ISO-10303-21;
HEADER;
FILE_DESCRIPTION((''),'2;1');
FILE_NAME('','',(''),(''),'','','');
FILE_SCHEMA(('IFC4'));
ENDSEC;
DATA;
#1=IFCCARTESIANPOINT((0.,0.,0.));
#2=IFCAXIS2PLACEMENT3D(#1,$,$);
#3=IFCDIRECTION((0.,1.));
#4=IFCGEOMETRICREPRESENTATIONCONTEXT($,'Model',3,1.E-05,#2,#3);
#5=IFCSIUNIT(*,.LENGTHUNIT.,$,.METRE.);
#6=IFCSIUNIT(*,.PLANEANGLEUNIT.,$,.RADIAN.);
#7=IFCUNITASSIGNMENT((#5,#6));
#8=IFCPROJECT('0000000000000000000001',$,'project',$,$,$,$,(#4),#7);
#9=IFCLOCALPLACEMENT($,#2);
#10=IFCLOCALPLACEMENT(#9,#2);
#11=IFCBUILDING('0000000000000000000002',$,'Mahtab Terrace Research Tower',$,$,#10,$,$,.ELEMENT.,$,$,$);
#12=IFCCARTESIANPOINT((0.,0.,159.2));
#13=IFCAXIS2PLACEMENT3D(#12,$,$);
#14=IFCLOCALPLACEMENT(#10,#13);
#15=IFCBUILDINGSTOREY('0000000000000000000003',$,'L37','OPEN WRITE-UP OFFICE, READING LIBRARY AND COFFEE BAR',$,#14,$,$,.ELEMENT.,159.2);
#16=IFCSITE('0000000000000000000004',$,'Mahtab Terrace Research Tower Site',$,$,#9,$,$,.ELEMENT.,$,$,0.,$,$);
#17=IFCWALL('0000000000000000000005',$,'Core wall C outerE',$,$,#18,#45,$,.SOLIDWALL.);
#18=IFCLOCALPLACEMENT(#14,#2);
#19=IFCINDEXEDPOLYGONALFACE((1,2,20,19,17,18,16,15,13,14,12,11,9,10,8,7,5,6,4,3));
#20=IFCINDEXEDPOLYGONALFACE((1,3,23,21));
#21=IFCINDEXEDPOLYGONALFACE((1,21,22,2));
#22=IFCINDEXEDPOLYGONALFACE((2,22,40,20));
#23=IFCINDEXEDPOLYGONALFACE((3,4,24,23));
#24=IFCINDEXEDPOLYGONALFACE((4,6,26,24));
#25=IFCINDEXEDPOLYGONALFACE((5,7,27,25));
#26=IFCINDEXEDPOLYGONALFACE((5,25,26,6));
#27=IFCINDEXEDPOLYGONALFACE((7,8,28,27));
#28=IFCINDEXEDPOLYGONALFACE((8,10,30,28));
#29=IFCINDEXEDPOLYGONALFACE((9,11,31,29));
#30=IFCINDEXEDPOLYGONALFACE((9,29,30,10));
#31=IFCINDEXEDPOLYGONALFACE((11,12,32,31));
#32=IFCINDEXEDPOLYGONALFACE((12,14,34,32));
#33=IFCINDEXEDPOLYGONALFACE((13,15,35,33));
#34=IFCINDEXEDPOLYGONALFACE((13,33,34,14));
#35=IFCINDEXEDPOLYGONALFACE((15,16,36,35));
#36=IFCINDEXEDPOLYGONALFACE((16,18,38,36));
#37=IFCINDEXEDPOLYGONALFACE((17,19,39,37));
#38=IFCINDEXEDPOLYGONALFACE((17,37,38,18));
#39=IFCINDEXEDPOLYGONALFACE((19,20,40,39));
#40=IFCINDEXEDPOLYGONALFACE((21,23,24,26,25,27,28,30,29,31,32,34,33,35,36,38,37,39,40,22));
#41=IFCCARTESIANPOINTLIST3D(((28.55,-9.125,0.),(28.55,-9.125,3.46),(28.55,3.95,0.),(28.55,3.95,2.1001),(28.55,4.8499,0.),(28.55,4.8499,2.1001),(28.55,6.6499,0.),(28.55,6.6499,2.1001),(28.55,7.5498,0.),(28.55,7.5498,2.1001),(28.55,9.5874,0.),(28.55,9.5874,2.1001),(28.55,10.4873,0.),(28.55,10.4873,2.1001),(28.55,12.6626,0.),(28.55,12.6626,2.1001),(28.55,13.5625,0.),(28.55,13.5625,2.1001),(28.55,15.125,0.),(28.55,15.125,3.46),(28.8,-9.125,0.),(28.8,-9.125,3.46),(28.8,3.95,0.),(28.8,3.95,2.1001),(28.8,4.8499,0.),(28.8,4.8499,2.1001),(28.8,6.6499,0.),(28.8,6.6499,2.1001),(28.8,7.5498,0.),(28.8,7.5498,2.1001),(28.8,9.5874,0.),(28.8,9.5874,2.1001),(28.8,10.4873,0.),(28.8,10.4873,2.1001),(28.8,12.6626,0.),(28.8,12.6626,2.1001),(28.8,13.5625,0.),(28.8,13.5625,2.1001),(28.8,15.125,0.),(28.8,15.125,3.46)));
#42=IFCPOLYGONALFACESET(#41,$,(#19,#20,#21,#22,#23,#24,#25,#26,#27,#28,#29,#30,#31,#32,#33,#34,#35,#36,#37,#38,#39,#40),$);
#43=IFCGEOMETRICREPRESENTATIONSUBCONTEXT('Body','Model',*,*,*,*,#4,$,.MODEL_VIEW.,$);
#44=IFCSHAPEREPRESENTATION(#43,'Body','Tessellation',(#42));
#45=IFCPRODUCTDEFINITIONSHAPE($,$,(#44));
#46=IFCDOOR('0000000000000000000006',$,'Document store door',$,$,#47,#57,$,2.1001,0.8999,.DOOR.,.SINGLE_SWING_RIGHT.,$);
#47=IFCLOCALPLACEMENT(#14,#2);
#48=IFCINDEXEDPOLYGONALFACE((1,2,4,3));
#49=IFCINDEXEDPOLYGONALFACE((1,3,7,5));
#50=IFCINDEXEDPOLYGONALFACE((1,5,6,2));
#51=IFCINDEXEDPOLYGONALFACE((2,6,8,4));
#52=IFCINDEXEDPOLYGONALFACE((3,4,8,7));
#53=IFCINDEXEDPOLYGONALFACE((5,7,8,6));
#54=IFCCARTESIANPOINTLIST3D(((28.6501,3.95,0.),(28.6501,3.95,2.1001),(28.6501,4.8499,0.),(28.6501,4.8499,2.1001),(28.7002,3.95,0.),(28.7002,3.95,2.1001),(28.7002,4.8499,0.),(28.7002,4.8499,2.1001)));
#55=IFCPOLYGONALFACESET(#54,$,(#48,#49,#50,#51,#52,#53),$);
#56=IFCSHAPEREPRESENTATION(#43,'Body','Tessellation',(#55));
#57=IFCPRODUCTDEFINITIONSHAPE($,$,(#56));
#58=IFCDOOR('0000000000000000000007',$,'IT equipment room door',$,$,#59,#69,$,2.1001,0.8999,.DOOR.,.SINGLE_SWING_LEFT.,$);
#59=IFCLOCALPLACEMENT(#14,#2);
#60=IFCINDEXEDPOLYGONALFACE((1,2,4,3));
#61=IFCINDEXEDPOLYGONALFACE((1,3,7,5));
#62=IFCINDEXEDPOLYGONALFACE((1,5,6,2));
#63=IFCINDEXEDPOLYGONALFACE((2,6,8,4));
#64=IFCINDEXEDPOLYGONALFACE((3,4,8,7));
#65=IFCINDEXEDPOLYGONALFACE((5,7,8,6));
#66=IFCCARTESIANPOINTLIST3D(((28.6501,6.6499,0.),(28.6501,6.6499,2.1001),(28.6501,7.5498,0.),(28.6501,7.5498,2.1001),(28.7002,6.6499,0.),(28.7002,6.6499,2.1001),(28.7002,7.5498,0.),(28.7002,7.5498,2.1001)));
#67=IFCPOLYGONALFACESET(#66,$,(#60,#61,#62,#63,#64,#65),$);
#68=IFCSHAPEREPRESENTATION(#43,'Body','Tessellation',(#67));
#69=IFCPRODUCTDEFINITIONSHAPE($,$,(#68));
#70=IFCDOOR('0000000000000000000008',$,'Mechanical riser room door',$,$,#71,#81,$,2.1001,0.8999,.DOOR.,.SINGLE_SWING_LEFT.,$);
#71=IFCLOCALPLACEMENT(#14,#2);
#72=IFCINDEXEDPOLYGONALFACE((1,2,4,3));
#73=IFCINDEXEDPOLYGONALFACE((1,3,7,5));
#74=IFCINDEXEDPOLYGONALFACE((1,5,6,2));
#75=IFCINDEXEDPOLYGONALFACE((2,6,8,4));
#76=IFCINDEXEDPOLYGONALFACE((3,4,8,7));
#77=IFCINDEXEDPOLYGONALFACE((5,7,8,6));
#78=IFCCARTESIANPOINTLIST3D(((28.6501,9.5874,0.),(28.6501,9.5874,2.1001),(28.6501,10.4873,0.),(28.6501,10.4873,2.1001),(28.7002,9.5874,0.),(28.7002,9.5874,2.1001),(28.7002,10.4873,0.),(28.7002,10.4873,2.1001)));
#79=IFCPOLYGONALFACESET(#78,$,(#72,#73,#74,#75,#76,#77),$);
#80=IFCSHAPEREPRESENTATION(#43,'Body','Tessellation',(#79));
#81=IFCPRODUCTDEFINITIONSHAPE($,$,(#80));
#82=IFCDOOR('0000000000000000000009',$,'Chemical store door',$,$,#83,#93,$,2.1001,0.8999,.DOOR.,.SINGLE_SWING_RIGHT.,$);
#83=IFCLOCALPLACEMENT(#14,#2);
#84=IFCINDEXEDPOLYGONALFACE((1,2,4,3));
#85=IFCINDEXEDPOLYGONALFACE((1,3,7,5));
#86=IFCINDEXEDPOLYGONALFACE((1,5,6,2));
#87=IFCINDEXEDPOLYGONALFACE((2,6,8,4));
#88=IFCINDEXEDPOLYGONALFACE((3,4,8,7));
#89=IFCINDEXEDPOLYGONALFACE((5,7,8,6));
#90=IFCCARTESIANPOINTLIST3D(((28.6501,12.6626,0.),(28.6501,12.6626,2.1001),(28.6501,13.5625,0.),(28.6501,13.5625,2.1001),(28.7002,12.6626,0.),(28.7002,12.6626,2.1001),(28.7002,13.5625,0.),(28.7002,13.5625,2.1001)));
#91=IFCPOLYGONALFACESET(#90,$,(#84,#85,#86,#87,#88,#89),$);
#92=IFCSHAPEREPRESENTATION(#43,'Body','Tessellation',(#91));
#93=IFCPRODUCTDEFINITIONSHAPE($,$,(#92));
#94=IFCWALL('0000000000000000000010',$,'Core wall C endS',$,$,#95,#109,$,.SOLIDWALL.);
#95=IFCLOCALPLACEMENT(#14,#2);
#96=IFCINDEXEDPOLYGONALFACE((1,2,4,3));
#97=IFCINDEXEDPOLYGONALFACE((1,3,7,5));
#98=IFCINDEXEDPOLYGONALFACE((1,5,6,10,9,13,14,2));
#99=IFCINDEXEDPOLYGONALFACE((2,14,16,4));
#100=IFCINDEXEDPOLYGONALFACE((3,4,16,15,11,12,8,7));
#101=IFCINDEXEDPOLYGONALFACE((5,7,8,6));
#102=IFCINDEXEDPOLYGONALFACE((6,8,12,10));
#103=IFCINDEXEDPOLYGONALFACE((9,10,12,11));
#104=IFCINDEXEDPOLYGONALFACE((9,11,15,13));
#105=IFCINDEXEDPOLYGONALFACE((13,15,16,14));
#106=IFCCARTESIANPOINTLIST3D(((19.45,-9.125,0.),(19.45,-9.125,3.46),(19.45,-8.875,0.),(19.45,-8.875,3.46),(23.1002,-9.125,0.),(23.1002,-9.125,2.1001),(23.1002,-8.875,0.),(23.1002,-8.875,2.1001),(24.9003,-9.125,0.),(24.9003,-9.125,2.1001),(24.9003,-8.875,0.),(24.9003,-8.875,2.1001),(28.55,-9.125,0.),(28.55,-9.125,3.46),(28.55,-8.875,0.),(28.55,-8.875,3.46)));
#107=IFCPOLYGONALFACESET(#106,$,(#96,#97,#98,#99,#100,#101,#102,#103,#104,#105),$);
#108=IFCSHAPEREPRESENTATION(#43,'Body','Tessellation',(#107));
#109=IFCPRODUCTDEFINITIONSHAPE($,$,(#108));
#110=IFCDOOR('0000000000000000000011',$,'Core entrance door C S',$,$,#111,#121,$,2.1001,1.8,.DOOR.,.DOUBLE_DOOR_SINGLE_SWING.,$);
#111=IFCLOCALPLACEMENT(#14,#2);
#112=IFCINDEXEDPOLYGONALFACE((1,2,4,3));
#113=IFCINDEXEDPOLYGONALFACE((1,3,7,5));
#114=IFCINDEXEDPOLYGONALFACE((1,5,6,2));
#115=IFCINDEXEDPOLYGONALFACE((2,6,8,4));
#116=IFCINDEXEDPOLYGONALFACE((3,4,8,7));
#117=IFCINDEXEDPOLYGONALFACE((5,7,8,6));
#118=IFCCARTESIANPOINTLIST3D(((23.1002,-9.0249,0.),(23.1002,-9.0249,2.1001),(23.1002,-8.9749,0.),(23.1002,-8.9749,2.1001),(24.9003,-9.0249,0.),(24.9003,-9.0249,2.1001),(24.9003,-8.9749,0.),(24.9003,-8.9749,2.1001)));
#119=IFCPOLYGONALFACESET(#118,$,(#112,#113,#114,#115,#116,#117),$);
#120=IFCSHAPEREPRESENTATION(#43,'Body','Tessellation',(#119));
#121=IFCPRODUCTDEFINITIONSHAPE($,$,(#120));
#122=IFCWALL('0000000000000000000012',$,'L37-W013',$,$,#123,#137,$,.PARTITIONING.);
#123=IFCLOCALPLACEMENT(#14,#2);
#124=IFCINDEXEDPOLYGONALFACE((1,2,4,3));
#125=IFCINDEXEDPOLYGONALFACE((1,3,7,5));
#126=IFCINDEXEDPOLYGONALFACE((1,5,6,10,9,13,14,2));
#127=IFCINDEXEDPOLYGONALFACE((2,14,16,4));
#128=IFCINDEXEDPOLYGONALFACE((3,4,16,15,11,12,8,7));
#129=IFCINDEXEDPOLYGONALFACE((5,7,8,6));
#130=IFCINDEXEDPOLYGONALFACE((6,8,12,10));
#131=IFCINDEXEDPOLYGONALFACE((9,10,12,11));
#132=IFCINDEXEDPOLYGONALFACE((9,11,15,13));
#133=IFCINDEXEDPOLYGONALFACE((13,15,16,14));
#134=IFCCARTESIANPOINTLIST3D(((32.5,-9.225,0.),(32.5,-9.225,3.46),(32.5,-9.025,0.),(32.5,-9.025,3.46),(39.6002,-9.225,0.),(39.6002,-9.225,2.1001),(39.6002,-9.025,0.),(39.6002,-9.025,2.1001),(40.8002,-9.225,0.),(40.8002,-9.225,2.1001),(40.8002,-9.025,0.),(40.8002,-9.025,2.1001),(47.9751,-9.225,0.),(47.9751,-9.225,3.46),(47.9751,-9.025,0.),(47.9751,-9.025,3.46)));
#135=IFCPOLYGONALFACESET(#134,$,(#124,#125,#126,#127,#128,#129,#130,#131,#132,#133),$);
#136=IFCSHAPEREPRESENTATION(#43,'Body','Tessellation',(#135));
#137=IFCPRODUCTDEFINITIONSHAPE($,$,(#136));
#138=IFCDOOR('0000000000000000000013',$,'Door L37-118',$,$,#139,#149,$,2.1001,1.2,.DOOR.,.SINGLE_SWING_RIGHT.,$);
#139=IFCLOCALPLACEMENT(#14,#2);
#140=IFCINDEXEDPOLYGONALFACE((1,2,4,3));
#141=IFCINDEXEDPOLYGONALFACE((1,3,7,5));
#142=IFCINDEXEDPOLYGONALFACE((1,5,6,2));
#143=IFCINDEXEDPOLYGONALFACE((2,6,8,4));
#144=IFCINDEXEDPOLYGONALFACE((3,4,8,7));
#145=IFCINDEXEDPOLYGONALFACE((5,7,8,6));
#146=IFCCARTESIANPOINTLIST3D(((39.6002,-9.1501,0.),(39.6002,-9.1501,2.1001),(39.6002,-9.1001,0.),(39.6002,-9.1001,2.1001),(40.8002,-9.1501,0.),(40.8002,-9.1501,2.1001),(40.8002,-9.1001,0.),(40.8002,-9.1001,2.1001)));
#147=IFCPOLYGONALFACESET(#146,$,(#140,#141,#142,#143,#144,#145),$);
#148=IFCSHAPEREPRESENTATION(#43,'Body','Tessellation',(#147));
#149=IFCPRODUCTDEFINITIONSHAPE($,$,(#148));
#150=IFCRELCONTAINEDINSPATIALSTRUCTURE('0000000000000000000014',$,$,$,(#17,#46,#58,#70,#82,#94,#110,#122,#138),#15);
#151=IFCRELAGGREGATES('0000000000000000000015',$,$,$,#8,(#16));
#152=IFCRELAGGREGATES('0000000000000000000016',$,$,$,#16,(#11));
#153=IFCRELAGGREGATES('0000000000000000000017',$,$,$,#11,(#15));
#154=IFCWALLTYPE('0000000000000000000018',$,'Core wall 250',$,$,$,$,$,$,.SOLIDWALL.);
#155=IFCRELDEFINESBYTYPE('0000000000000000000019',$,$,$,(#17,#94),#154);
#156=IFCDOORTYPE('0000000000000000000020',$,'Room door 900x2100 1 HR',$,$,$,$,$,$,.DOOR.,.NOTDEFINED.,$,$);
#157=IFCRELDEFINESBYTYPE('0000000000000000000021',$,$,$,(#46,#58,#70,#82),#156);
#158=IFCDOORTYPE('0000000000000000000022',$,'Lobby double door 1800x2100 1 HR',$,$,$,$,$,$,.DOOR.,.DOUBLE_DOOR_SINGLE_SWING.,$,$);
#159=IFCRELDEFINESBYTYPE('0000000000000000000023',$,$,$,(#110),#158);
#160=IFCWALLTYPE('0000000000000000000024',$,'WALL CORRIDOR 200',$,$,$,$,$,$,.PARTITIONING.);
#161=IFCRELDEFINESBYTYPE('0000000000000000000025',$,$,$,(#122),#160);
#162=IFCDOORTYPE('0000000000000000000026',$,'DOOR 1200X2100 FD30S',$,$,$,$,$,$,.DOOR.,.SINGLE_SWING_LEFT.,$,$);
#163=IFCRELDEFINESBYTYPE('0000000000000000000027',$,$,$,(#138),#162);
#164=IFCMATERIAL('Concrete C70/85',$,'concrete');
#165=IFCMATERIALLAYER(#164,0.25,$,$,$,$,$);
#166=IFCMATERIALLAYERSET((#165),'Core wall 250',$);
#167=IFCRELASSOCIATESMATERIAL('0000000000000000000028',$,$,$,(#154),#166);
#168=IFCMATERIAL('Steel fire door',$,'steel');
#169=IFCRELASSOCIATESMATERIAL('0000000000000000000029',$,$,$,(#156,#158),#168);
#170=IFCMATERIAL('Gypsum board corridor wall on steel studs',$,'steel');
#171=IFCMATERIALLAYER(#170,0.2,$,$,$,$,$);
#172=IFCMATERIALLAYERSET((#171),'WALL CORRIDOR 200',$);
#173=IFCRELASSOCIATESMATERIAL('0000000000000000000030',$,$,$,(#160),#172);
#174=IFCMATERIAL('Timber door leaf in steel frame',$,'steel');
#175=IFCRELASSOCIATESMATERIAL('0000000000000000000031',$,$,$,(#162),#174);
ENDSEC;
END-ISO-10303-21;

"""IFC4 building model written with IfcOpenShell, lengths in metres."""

from ifc_helpers import new_model, si_unit, direction, frame, frame_2d, origin, place, context, subcontext, project, spatial, rectangle, extrude, material, layer, layer_set, type_object, element, fill, save


model = new_model("IFC4")

# Units and contexts
model_context = context("Model", 3, precision=1e-05, world=origin(), true_north=direction((0.0, 1.0)))
body_context = subcontext(model_context, "Body", "Model", "MODEL_VIEW")
ifc_project = project(units=[si_unit("LENGTHUNIT", "METRE"), si_unit("PLANEANGLEUNIT", "RADIAN")], contexts=[model_context])

# Site, building, storey
site_placement = place(None, origin())
site = spatial("IfcSite", under=ifc_project, at=site_placement, Name="Mahtab Terrace Research Tower Site", CompositionType="ELEMENT", RefElevation=0.0)
building_placement = place(site_placement, origin())
building = spatial("IfcBuilding", under=site, at=building_placement, Name="Mahtab Terrace Research Tower", CompositionType="ELEMENT")
storey_placement = place(building_placement, frame((0.0, 0.0, 159.2)))
storey = spatial("IfcBuildingStorey", under=building, at=storey_placement, Name="L37", Description="OPEN WRITE-UP OFFICE, READING LIBRARY AND COFFEE BAR", CompositionType="ELEMENT", Elevation=159.2)

# Shared definitions
ifc_material_1 = material(Name="Concrete C70/85", Category="concrete")

# Wall, openings, doors
ifc_layer_1 = layer(ifc_material_1, 0.25)
ifc_layer_set_1 = layer_set([ifc_layer_1], Name="Core wall 250")
wall_type_1 = type_object("IfcWallType", Name="Core wall 250", PredefinedType="SOLIDWALL", material=ifc_layer_set_1)
wall_1_placement = place(storey_placement, frame((28.675, -9.125, 0.0), z_axis=(0.0, 0.0, 1.0), x_axis=(0.0, 1.0, 0.0)))
wall_1 = element("IfcWall", 1, at=wall_1_placement, inside=storey, type_object=wall_type_1, Name="Core wall C outerE", PredefinedType="SOLIDWALL", context=body_context, shape_type="SweptSolid", body=[
    extrude(rectangle(XDim=24.25, YDim=0.25, at=frame_2d((12.125, 0.0))), origin(), (0.0, 0.0, 1.0), 3.46),
])
opening_1_placement = place(wall_1_placement, frame((13.075, 0.0, 0.0)))
opening_1 = element("IfcOpeningElement", 2, at=opening_1_placement, cuts=wall_1, PredefinedType="OPENING", context=body_context, shape_type="SweptSolid", body=[
    extrude(rectangle(XDim=0.8999, YDim=2.1001, at=frame_2d((0.45, 1.05))), frame((0.0, 0.135, 0.0), z_axis=(0.0, -1.0, 0.0), x_axis=(1.0, 0.0, 0.0)), (0.0, 0.0, 1.0), 0.27),
])
opening_2_placement = place(wall_1_placement, frame((15.7749, 0.0, 0.0)))
opening_2 = element("IfcOpeningElement", 3, at=opening_2_placement, cuts=wall_1, PredefinedType="OPENING", context=body_context, shape_type="SweptSolid", body=[
    extrude(rectangle(XDim=0.8999, YDim=2.1001, at=frame_2d((0.45, 1.05))), frame((0.0, 0.135, 0.0), z_axis=(0.0, -1.0, 0.0), x_axis=(1.0, 0.0, 0.0)), (0.0, 0.0, 1.0), 0.27),
])
opening_3_placement = place(wall_1_placement, frame((18.7124, 0.0, 0.0)))
opening_3 = element("IfcOpeningElement", 4, at=opening_3_placement, cuts=wall_1, PredefinedType="OPENING", context=body_context, shape_type="SweptSolid", body=[
    extrude(rectangle(XDim=0.8999, YDim=2.1001, at=frame_2d((0.45, 1.05))), frame((0.0, 0.135, 0.0), z_axis=(0.0, -1.0, 0.0), x_axis=(1.0, 0.0, 0.0)), (0.0, 0.0, 1.0), 0.27),
])
opening_4_placement = place(wall_1_placement, frame((21.7876, 0.0, 0.0)))
opening_4 = element("IfcOpeningElement", 5, at=opening_4_placement, cuts=wall_1, PredefinedType="OPENING", context=body_context, shape_type="SweptSolid", body=[
    extrude(rectangle(XDim=0.8999, YDim=2.1001, at=frame_2d((0.45, 1.05))), frame((0.0, 0.135, 0.0), z_axis=(0.0, -1.0, 0.0), x_axis=(1.0, 0.0, 0.0)), (0.0, 0.0, 1.0), 0.27),
])
ifc_material_2 = material(Name="Steel fire door", Category="steel")
door_type_1 = type_object("IfcDoorType", Name="Room door 900x2100 1 HR", OperationType="NOTDEFINED", PredefinedType="DOOR", material=ifc_material_2)
door_1_placement = place(opening_1_placement, origin())
door_1 = element("IfcDoor", 6, at=door_1_placement, inside=storey, type_object=door_type_1, Name="Document store door", OperationType="SINGLE_SWING_RIGHT", OverallHeight=2.1001, OverallWidth=0.8999, PredefinedType="DOOR", context=body_context, shape_type="SweptSolid", body=[
    extrude(rectangle(XDim=0.8999, YDim=2.1001, at=frame_2d((0.45, 1.05))), frame((0.0, 0.0249, 0.0), z_axis=(0.0, -1.0, 0.0), x_axis=(1.0, 0.0, 0.0)), (0.0, 0.0, 1.0), 0.05),
])
fill(opening_1, door_1)
door_2_placement = place(opening_2_placement, origin())
door_2 = element("IfcDoor", 7, at=door_2_placement, inside=storey, type_object=door_type_1, Name="IT equipment room door", OperationType="SINGLE_SWING_LEFT", OverallHeight=2.1001, OverallWidth=0.8999, PredefinedType="DOOR", context=body_context, shape_type="SweptSolid", body=[
    extrude(rectangle(XDim=0.8999, YDim=2.1001, at=frame_2d((0.45, 1.05))), frame((0.0, 0.0249, 0.0), z_axis=(0.0, -1.0, 0.0), x_axis=(1.0, 0.0, 0.0)), (0.0, 0.0, 1.0), 0.05),
])
fill(opening_2, door_2)
door_3_placement = place(opening_3_placement, origin())
door_3 = element("IfcDoor", 8, at=door_3_placement, inside=storey, type_object=door_type_1, Name="Mechanical riser room door", OperationType="SINGLE_SWING_LEFT", OverallHeight=2.1001, OverallWidth=0.8999, PredefinedType="DOOR", context=body_context, shape_type="SweptSolid", body=[
    extrude(rectangle(XDim=0.8999, YDim=2.1001, at=frame_2d((0.45, 1.05))), frame((0.0, 0.0249, 0.0), z_axis=(0.0, -1.0, 0.0), x_axis=(1.0, 0.0, 0.0)), (0.0, 0.0, 1.0), 0.05),
])
fill(opening_3, door_3)
door_4_placement = place(opening_4_placement, origin())
door_4 = element("IfcDoor", 9, at=door_4_placement, inside=storey, type_object=door_type_1, Name="Chemical store door", OperationType="SINGLE_SWING_RIGHT", OverallHeight=2.1001, OverallWidth=0.8999, PredefinedType="DOOR", context=body_context, shape_type="SweptSolid", body=[
    extrude(rectangle(XDim=0.8999, YDim=2.1001, at=frame_2d((0.45, 1.05))), frame((0.0, 0.0249, 0.0), z_axis=(0.0, -1.0, 0.0), x_axis=(1.0, 0.0, 0.0)), (0.0, 0.0, 1.0), 0.05),
])
fill(opening_4, door_4)

# Walls, openings, doors
wall_2_placement = place(storey_placement, frame((28.55, -9.0, 0.0), z_axis=(0.0, 0.0, 1.0), x_axis=(-1.0, 0.0, 0.0)))
wall_2 = element("IfcWall", 10, at=wall_2_placement, inside=storey, type_object=wall_type_1, Name="Core wall C endS", PredefinedType="SOLIDWALL", context=body_context, shape_type="SweptSolid", body=[
    extrude(rectangle(XDim=9.1001, YDim=0.25, at=frame_2d((4.55, 0.0))), origin(), (0.0, 0.0, 1.0), 3.46),
])
opening_5_placement = place(wall_2_placement, frame((3.6499, 0.0, 0.0)))
opening_5 = element("IfcOpeningElement", 11, at=opening_5_placement, cuts=wall_2, PredefinedType="OPENING", context=body_context, shape_type="SweptSolid", body=[
    extrude(rectangle(XDim=1.8, YDim=2.1001, at=frame_2d((0.8999, 1.05))), frame((0.0, 0.135, 0.0), z_axis=(0.0, -1.0, 0.0), x_axis=(1.0, 0.0, 0.0)), (0.0, 0.0, 1.0), 0.27),
])
door_type_2 = type_object("IfcDoorType", Name="Lobby double door 1800x2100 1 HR", OperationType="DOUBLE_DOOR_SINGLE_SWING", PredefinedType="DOOR", material=ifc_material_2)
door_5_placement = place(opening_5_placement, origin())
door_5 = element("IfcDoor", 12, at=door_5_placement, inside=storey, type_object=door_type_2, Name="Core entrance door C S", OperationType="DOUBLE_DOOR_SINGLE_SWING", OverallHeight=2.1001, OverallWidth=1.8, PredefinedType="DOOR", context=body_context, shape_type="SweptSolid", body=[
    extrude(rectangle(XDim=1.8, YDim=2.1001, at=frame_2d((0.8999, 1.05))), frame((0.0, 0.0249, 0.0), z_axis=(0.0, -1.0, 0.0), x_axis=(1.0, 0.0, 0.0)), (0.0, 0.0, 1.0), 0.05),
])
fill(opening_5, door_5)
ifc_material_3 = material(Name="Gypsum board corridor wall on steel studs", Category="steel")
ifc_layer_2 = layer(ifc_material_3, 0.2)
ifc_layer_set_2 = layer_set([ifc_layer_2], Name="WALL CORRIDOR 200")
wall_type_2 = type_object("IfcWallType", Name="WALL CORRIDOR 200", PredefinedType="PARTITIONING", material=ifc_layer_set_2)
wall_3_placement = place(storey_placement, frame((32.5, -9.125, 0.0), z_axis=(0.0, 0.0, 1.0), x_axis=(1.0, 0.0, 0.0)))
wall_3 = element("IfcWall", 13, at=wall_3_placement, inside=storey, type_object=wall_type_2, Name="L37-W013", PredefinedType="PARTITIONING", context=body_context, shape_type="SweptSolid", body=[
    extrude(rectangle(XDim=15.4751, YDim=0.2, at=frame_2d((7.7375, 0.0))), origin(), (0.0, 0.0, 1.0), 3.46),
])
opening_6_placement = place(wall_3_placement, frame((7.1001, 0.0, 0.0)))
opening_6 = element("IfcOpeningElement", 14, at=opening_6_placement, cuts=wall_3, PredefinedType="OPENING", context=body_context, shape_type="SweptSolid", body=[
    extrude(rectangle(XDim=1.2, YDim=2.1001, at=frame_2d((0.6001, 1.05))), frame((0.0, 0.1099, 0.0), z_axis=(0.0, -1.0, 0.0), x_axis=(1.0, 0.0, 0.0)), (0.0, 0.0, 1.0), 0.22),
])
ifc_material_4 = material(Name="Timber door leaf in steel frame", Category="steel")
door_type_3 = type_object("IfcDoorType", Name="DOOR 1200X2100 FD30S", OperationType="SINGLE_SWING_LEFT", PredefinedType="DOOR", material=ifc_material_4)
door_6_placement = place(opening_6_placement, origin())
door_6 = element("IfcDoor", 15, at=door_6_placement, inside=storey, type_object=door_type_3, Name="Door L37-118", OperationType="SINGLE_SWING_RIGHT", OverallHeight=2.1001, OverallWidth=1.2, PredefinedType="DOOR", context=body_context, shape_type="SweptSolid", body=[
    extrude(rectangle(XDim=1.2, YDim=2.1001, at=frame_2d((0.6001, 1.05))), frame((0.0, 0.0249, 0.0), z_axis=(0.0, -1.0, 0.0), x_axis=(1.0, 0.0, 0.0)), (0.0, 0.0, 1.0), 0.05),
])
fill(opening_6, door_6)

save(model, "model.ifc")
